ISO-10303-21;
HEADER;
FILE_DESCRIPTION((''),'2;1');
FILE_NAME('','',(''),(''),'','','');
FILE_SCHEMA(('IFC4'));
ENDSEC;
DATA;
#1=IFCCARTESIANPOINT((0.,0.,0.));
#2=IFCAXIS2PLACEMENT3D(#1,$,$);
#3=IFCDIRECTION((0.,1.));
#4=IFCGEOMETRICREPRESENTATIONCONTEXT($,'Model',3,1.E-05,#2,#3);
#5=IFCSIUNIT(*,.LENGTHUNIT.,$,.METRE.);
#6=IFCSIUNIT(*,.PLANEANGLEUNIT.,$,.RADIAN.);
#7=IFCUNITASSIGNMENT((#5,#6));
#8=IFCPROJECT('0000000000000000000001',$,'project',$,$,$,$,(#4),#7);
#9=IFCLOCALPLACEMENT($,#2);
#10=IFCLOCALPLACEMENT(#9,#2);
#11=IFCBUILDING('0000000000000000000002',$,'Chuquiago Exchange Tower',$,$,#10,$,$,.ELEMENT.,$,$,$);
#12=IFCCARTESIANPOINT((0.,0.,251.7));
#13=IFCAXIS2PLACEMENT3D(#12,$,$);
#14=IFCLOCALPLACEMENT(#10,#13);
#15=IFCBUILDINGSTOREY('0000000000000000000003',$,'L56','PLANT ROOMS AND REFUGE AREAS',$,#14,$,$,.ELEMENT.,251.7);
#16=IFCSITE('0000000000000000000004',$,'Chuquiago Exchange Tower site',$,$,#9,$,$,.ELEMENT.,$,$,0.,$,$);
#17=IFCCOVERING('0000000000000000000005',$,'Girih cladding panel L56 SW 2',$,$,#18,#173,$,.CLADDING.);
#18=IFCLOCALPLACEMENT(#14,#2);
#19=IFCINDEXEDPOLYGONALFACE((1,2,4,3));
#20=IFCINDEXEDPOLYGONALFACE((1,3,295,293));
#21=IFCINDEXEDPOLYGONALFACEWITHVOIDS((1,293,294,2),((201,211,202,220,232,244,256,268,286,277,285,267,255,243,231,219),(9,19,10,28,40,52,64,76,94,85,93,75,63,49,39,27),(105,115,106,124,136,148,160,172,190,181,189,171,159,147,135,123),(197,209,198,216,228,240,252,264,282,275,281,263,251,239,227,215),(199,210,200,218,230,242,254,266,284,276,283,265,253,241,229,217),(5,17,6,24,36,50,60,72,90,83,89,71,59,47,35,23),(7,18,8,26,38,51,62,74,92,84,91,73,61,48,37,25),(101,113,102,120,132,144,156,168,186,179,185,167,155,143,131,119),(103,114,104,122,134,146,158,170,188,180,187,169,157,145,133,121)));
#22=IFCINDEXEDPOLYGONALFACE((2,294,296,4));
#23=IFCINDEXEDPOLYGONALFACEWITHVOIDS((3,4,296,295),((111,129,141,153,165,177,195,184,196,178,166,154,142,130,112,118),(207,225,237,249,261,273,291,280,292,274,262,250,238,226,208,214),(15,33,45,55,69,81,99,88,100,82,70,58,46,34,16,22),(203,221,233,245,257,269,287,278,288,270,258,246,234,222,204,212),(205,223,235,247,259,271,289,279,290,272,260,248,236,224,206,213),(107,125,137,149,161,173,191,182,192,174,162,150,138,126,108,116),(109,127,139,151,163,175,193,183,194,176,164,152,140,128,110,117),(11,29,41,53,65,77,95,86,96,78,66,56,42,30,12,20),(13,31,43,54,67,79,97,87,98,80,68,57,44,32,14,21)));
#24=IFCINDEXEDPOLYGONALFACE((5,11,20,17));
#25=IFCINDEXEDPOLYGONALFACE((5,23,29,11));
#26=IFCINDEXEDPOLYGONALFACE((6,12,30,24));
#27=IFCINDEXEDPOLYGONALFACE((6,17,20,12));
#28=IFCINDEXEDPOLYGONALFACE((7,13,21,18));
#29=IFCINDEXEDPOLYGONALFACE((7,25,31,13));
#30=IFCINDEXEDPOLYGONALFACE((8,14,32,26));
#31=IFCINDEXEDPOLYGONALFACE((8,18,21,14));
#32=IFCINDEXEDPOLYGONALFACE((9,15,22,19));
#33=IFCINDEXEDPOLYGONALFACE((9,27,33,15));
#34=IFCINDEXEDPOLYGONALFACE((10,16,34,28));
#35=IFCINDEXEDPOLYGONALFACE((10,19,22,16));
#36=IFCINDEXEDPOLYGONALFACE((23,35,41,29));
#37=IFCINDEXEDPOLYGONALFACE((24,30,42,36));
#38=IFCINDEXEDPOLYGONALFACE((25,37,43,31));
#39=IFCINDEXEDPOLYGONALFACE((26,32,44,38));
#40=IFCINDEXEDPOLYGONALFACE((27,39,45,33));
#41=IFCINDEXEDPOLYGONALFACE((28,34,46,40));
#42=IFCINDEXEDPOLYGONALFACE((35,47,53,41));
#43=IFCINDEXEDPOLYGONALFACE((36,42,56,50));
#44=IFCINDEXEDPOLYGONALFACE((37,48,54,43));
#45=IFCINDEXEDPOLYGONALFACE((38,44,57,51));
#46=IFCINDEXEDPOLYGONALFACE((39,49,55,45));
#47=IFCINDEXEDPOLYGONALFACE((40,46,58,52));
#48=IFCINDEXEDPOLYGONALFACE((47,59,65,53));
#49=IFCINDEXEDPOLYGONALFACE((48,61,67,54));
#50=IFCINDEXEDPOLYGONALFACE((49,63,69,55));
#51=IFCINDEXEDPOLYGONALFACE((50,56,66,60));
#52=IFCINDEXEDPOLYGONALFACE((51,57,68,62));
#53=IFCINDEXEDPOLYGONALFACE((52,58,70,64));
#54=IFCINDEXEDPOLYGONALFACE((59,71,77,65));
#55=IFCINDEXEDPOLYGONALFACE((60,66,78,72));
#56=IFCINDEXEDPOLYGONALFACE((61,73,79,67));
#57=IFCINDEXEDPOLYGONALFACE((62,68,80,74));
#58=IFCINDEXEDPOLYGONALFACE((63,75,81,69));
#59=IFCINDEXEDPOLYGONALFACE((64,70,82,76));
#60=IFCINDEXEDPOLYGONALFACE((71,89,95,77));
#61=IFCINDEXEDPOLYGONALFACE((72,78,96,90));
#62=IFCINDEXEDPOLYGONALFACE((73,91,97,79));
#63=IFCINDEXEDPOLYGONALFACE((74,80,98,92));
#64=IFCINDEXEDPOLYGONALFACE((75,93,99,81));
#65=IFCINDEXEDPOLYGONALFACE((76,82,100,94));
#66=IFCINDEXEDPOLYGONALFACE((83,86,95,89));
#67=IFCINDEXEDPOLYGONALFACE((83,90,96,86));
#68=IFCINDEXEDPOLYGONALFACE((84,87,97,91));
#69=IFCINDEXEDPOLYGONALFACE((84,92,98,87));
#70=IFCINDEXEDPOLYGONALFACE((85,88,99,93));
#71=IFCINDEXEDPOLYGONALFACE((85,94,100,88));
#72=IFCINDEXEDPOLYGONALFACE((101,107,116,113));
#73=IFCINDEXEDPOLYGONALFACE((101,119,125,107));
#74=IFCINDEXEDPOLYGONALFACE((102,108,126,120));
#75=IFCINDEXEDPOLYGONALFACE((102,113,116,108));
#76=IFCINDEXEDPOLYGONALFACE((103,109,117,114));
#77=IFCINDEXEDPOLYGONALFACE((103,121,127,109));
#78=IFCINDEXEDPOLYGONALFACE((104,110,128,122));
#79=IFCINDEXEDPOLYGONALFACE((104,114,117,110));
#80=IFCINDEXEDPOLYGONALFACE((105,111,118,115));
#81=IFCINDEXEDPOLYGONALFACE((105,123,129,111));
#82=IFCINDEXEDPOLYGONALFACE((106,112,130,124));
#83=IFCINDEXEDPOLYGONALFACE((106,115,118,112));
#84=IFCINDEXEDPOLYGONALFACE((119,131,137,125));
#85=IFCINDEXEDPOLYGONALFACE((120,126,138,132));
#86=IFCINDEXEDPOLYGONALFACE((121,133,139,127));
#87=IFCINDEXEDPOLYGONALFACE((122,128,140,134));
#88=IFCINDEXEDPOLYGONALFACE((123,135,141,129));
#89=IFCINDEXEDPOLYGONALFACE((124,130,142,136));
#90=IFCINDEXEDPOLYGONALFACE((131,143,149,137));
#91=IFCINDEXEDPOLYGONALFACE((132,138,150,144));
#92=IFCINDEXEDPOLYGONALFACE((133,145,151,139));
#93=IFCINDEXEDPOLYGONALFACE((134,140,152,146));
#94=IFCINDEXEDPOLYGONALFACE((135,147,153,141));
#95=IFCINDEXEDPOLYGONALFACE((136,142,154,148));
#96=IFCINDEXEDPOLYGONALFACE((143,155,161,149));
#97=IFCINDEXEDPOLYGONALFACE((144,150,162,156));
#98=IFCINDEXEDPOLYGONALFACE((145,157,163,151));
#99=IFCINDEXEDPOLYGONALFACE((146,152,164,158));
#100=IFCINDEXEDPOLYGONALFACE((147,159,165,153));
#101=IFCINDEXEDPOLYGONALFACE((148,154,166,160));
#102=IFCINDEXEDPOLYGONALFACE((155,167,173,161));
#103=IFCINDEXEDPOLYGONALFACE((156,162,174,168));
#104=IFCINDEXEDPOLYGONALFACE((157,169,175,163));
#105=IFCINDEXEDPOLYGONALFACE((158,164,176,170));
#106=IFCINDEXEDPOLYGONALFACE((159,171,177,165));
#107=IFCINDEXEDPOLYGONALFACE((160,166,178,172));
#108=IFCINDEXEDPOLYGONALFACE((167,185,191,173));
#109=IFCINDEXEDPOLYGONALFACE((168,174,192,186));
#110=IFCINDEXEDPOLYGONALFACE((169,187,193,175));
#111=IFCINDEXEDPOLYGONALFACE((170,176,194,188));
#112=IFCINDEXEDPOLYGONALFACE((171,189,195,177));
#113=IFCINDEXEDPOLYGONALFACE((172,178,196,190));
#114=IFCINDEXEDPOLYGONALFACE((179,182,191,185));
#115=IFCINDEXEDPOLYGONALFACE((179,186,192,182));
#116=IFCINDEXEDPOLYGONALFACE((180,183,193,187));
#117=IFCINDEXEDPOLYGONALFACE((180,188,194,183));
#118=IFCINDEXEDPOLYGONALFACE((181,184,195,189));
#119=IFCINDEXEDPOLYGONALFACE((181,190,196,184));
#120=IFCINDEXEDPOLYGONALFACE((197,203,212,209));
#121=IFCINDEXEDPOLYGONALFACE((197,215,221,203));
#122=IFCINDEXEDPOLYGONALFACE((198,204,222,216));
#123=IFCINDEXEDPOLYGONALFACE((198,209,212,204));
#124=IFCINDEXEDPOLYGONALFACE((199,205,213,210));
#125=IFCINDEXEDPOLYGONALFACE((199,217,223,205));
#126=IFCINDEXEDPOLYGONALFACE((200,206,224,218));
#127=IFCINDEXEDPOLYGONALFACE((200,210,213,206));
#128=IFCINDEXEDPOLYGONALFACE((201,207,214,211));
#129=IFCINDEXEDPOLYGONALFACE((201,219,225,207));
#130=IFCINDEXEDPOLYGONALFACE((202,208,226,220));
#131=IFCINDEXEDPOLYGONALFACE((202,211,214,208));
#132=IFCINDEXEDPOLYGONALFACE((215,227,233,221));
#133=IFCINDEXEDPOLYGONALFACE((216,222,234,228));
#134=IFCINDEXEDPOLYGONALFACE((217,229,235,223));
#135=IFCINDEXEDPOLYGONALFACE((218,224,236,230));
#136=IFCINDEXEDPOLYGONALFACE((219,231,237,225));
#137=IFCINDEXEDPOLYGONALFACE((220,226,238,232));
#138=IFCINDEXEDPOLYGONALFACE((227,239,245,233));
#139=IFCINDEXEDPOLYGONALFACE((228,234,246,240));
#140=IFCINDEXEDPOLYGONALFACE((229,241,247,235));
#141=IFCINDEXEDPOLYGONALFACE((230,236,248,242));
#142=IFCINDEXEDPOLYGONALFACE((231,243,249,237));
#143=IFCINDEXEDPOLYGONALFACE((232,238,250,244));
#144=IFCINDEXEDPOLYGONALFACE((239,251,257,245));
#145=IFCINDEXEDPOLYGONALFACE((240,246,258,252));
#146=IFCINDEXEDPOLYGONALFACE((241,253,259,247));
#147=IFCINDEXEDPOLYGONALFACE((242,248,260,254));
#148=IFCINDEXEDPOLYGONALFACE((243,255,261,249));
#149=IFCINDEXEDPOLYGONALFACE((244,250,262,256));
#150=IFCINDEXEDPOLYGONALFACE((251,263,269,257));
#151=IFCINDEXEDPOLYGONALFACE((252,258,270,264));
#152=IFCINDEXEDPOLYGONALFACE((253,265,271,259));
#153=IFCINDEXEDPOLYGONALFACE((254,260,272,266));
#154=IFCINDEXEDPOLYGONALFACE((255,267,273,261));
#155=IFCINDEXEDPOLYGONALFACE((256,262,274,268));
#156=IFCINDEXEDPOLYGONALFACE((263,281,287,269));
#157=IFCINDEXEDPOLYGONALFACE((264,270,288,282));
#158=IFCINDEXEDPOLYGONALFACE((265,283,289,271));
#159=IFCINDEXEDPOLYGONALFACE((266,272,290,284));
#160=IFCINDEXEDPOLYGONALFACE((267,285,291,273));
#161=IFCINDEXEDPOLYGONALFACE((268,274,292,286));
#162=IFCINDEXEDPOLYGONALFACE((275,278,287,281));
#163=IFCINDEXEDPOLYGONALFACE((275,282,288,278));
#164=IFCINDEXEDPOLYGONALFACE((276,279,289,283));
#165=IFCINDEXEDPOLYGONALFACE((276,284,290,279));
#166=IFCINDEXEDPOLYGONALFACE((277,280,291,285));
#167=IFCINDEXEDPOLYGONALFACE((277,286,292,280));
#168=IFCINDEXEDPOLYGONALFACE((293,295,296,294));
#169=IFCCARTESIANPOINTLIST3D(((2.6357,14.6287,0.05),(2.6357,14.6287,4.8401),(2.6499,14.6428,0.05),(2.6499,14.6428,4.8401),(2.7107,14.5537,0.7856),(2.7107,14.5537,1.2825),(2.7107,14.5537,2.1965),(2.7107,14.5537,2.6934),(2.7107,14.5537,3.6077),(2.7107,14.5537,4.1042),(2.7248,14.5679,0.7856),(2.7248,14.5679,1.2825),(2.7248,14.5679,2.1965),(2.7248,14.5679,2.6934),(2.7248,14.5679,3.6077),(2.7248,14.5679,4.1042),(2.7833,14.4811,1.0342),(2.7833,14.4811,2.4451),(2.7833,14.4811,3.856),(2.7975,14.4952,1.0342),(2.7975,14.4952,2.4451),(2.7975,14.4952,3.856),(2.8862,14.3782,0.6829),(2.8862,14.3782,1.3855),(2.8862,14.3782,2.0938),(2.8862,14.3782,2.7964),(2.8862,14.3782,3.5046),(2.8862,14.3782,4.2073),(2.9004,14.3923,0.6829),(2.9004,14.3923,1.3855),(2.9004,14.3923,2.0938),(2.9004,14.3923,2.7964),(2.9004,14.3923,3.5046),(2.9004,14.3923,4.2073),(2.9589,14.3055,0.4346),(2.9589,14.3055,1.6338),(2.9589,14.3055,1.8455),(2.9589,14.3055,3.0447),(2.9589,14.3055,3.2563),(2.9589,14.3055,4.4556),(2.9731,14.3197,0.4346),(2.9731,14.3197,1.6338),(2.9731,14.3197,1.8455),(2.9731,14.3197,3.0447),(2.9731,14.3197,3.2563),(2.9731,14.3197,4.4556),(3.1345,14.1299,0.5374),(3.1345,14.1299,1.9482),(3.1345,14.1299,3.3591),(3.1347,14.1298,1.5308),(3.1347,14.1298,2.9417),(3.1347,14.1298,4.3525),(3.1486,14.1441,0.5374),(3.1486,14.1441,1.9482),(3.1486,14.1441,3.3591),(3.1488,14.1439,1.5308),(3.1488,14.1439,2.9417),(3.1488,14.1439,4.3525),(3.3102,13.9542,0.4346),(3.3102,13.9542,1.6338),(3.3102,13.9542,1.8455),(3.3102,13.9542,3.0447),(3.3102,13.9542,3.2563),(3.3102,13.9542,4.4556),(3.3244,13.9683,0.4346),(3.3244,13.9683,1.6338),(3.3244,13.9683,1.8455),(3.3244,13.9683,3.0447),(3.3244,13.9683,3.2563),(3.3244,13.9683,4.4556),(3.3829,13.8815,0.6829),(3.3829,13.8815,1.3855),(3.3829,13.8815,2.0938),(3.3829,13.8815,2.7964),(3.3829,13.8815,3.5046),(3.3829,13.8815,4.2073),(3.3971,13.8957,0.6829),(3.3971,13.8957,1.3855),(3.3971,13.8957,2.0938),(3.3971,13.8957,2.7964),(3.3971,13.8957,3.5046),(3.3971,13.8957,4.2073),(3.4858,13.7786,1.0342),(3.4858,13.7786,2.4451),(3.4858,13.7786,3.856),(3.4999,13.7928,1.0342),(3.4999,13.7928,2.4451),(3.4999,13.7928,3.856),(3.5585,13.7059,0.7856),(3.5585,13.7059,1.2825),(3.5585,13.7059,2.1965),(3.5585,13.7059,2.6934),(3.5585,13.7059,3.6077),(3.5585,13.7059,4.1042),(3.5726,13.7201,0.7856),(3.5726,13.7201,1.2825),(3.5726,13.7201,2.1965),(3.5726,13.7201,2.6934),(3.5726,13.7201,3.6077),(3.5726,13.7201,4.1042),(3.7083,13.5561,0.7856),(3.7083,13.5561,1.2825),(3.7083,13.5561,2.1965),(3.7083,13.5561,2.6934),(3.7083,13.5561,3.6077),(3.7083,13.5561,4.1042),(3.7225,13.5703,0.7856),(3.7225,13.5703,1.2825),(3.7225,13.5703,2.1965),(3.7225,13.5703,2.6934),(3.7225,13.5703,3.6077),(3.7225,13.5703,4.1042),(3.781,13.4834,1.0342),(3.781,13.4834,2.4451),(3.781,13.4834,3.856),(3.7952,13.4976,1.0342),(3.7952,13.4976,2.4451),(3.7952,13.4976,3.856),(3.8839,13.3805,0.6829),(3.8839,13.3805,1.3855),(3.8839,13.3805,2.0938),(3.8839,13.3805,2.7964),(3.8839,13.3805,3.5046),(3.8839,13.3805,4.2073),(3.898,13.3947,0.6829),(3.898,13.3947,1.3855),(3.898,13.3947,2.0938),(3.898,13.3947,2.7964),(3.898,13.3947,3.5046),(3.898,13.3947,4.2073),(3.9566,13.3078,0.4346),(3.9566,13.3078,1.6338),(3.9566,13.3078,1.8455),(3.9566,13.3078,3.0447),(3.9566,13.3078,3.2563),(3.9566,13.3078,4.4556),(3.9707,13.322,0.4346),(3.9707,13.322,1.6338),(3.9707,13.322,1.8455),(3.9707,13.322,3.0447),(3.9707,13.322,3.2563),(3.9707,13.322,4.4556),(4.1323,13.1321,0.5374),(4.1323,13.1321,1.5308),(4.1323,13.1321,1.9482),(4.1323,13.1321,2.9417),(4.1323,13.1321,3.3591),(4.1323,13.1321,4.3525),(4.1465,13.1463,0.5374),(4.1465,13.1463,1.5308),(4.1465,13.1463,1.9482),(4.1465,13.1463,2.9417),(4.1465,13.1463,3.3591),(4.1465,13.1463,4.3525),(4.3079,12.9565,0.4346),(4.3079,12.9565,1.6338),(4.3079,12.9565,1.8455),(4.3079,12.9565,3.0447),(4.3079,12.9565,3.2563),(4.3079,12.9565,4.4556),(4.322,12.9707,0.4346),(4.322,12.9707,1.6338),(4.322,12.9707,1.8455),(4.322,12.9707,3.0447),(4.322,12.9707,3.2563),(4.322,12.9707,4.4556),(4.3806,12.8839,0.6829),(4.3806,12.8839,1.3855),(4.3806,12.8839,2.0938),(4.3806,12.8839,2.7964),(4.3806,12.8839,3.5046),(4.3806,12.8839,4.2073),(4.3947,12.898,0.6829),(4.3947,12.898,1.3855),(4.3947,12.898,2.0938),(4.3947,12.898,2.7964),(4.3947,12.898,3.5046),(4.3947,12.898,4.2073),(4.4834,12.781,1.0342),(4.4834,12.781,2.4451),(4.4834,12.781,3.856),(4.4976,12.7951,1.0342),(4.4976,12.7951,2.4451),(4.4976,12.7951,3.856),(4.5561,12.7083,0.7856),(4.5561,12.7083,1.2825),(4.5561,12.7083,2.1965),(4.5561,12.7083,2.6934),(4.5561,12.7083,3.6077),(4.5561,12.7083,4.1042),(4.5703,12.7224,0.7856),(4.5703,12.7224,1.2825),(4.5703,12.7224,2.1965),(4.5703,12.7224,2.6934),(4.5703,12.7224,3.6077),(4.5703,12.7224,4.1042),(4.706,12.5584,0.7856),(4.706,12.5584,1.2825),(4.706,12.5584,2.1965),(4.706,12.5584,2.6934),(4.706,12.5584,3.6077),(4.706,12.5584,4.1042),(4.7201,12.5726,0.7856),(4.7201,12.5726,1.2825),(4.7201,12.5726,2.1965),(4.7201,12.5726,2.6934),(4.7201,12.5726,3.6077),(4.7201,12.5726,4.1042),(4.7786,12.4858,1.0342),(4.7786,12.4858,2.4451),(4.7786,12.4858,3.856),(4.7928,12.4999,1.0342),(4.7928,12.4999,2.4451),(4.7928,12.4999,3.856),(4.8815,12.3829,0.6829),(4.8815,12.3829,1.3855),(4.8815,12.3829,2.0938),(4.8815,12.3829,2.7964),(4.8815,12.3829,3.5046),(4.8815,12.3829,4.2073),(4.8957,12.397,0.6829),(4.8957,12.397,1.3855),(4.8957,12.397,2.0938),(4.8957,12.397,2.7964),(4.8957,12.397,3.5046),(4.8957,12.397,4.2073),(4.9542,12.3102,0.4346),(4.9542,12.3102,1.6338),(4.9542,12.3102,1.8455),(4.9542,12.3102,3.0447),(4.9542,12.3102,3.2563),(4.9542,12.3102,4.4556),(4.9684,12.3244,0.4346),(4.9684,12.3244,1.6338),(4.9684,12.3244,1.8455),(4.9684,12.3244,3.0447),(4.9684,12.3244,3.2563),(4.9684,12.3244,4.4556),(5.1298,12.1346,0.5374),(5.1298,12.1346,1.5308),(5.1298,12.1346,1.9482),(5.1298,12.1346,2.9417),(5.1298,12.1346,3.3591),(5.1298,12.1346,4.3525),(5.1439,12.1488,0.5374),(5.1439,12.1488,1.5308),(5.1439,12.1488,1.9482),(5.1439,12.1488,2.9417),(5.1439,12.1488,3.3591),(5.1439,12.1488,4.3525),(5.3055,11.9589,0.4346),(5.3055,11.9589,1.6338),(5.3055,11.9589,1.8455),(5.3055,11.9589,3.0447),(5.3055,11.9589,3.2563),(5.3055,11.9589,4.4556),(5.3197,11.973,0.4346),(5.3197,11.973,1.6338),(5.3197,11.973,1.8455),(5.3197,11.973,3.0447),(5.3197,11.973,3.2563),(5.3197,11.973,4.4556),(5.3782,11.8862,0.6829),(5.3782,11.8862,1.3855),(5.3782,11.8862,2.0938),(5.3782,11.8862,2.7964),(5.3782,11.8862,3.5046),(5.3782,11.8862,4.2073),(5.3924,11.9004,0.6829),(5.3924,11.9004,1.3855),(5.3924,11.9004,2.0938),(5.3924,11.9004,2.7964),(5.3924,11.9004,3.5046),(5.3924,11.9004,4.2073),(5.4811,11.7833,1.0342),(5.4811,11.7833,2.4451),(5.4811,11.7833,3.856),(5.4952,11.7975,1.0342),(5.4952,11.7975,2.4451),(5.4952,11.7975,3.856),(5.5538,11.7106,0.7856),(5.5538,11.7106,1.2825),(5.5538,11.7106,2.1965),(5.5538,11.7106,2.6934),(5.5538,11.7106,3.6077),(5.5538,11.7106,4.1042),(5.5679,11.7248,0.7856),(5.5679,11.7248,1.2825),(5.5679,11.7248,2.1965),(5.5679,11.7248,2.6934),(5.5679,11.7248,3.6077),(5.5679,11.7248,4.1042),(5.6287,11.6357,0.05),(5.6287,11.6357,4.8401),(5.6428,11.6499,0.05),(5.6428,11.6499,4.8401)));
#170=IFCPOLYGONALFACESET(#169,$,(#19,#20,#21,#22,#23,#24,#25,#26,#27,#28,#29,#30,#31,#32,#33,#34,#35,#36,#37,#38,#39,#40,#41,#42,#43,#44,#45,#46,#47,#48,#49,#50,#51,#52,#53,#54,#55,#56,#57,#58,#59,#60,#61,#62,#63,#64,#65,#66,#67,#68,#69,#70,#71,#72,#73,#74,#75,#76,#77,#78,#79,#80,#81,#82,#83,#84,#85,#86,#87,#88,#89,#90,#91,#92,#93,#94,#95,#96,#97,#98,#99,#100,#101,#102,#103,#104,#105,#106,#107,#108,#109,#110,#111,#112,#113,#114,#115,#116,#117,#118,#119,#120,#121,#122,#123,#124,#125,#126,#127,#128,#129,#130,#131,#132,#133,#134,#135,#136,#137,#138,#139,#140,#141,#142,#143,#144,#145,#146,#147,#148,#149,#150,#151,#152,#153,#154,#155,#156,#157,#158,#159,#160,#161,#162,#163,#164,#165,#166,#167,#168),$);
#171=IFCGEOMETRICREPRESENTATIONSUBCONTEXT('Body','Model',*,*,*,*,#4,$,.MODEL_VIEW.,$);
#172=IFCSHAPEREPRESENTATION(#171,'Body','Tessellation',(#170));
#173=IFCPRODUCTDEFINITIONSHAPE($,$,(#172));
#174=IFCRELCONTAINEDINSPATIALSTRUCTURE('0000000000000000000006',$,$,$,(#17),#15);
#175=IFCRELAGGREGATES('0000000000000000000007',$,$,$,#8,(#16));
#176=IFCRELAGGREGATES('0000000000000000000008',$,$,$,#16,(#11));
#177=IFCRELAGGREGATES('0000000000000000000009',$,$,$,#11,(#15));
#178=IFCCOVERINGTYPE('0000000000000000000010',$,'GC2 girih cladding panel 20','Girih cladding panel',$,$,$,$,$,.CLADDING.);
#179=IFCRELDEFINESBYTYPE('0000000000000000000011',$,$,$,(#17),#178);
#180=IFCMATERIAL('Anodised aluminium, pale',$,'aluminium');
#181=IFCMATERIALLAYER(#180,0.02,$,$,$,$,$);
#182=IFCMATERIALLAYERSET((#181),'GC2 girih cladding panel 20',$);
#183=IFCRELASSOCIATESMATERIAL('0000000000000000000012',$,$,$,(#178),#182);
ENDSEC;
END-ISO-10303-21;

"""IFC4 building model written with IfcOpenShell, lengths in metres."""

from ifc_helpers import new_model, si_unit, direction, frame, origin, place, context, subcontext, project, spatial, polyline, outline, extrude, material, layer, layer_set, type_object, element, save


model = new_model("IFC4")

# Units and contexts
model_context = context("Model", 3, precision=1e-05, world=origin(), true_north=direction((0.0, 1.0)))
body_context = subcontext(model_context, "Body", "Model", "MODEL_VIEW")
ifc_project = project(units=[si_unit("LENGTHUNIT", "METRE"), si_unit("PLANEANGLEUNIT", "RADIAN")], contexts=[model_context])

# Site, building, storey
site_placement = place(None, origin())
site = spatial("IfcSite", under=ifc_project, at=site_placement, Name="Chuquiago Exchange Tower site", CompositionType="ELEMENT", RefElevation=0.0)
building_placement = place(site_placement, origin())
building = spatial("IfcBuilding", under=site, at=building_placement, Name="Chuquiago Exchange Tower", CompositionType="ELEMENT")
storey_placement = place(building_placement, frame((0.0, 0.0, 251.7)))
storey = spatial("IfcBuildingStorey", under=building, at=storey_placement, Name="L56", Description="PLANT ROOMS AND REFUGE AREAS", CompositionType="ELEMENT", Elevation=251.7)

# Covering
ifc_material_1 = material(Name="Anodised aluminium, pale", Category="aluminium")
ifc_layer_1 = layer(ifc_material_1, 0.02)
ifc_layer_set_1 = layer_set([ifc_layer_1], Name="GC2 girih cladding panel 20")
covering_type = type_object("IfcCoveringType", Name="GC2 girih cladding panel 20", Description="Girih cladding panel", PredefinedType="CLADDING", material=ifc_layer_set_1)
covering_placement = place(storey_placement, frame((2.6499, 14.6428, 0.05), z_axis=(0.0, 0.0, 1.0), x_axis=(0.707107, -0.707107, 0.0)))
element("IfcCovering", 1, at=covering_placement, inside=storey, type_object=covering_type, Name="Girih cladding panel L56 SW 2", PredefinedType="CLADDING", context=body_context, shape_type="SweptSolid", body=[
    extrude(outline(polyline([(0.0, 0.0), (4.2327, 0.0), (4.2327, 4.79), (0.0, 4.79), (0.0, 0.0)]), holes=[polyline([(1.2021, 0.9841), (1.3049, 1.2324), (1.0566, 1.3354), (0.9539, 1.5837), (0.7056, 1.4807), (0.457, 1.5837), (0.3542, 1.3354), (0.106, 1.2324), (0.2087, 0.9841), (0.106, 0.7356), (0.3542, 0.6328), (0.457, 0.3845), (0.7053, 0.4873), (0.9539, 0.3845), (1.0566, 0.6328), (1.3049, 0.7356), (1.2021, 0.9841)]), polyline([(2.613, 0.9841), (2.7158, 1.2324), (2.4675, 1.3354), (2.3647, 1.5837), (2.1165, 1.4807), (1.8679, 1.5837), (1.7651, 1.3354), (1.5168, 1.2324), (1.6196, 0.9841), (1.5168, 0.7356), (1.7651, 0.6328), (1.8679, 0.3845), (2.1165, 0.4873), (2.3647, 0.3845), (2.4675, 0.6328), (2.7158, 0.7356), (2.613, 0.9841)]), polyline([(4.0239, 0.9841), (4.1267, 1.2324), (3.8784, 1.3354), (3.7756, 1.5837), (3.5271, 1.4807), (3.2788, 1.5837), (3.176, 1.3354), (2.9277, 1.2324), (3.0305, 0.9841), (2.9277, 0.7356), (3.176, 0.6328), (3.2788, 0.3845), (3.5271, 0.4873), (3.7756, 0.3845), (3.8784, 0.6328), (4.1267, 0.7356), (4.0239, 0.9841)]), polyline([(1.2021, 2.395), (1.3049, 2.6433), (1.0566, 2.7463), (0.9539, 2.9946), (0.7056, 2.8916), (0.457, 2.9946), (0.3542, 2.7463), (0.106, 2.6433), (0.2087, 2.395), (0.106, 2.1465), (0.3542, 2.0437), (0.457, 1.7954), (0.7053, 1.8982), (0.9539, 1.7954), (1.0566, 2.0437), (1.3049, 2.1465), (1.2021, 2.395)]), polyline([(2.613, 2.395), (2.7158, 2.6433), (2.4675, 2.7463), (2.3647, 2.9946), (2.1165, 2.8916), (1.8679, 2.9946), (1.7651, 2.7463), (1.5168, 2.6433), (1.6196, 2.395), (1.5168, 2.1465), (1.7651, 2.0437), (1.8679, 1.7954), (2.1165, 1.8982), (2.3647, 1.7954), (2.4675, 2.0437), (2.7158, 2.1465), (2.613, 2.395)]), polyline([(4.0239, 2.395), (4.1267, 2.6433), (3.8784, 2.7463), (3.7756, 2.9946), (3.5271, 2.8916), (3.2788, 2.9946), (3.176, 2.7463), (2.9277, 2.6433), (3.0305, 2.395), (2.9277, 2.1465), (3.176, 2.0437), (3.2788, 1.7954), (3.5271, 1.8982), (3.7756, 1.7954), (3.8784, 2.0437), (4.1267, 2.1465), (4.0239, 2.395)]), polyline([(1.2021, 3.8059), (1.3049, 4.0542), (1.0566, 4.1572), (0.9539, 4.4055), (0.7056, 4.3025), (0.457, 4.4055), (0.3542, 4.1572), (0.106, 4.0542), (0.2087, 3.8059), (0.106, 3.5576), (0.3542, 3.4546), (0.457, 3.2063), (0.7053, 3.3091), (0.9539, 3.2063), (1.0566, 3.4546), (1.3049, 3.5576), (1.2021, 3.8059)]), polyline([(2.613, 3.8059), (2.7158, 4.0542), (2.4675, 4.1572), (2.3647, 4.4055), (2.1165, 4.3025), (1.8679, 4.4055), (1.7651, 4.1572), (1.5168, 4.0542), (1.6196, 3.8059), (1.5168, 3.5576), (1.7651, 3.4546), (1.8679, 3.2063), (2.1165, 3.3091), (2.3647, 3.2063), (2.4675, 3.4546), (2.7158, 3.5576), (2.613, 3.8059)]), polyline([(4.0239, 3.8059), (4.1267, 4.0542), (3.8784, 4.1572), (3.7756, 4.4055), (3.5271, 4.3025), (3.2788, 4.4055), (3.176, 4.1572), (2.9277, 4.0542), (3.0305, 3.8059), (2.9277, 3.5576), (3.176, 3.4546), (3.2788, 3.2063), (3.5271, 3.3091), (3.7756, 3.2063), (3.8784, 3.4546), (4.1267, 3.5576), (4.0239, 3.8059)])]), frame((0.0, 0.0, 0.0), z_axis=(0.0, -1.0, 0.0), x_axis=(1.0, 0.0, 0.0)), (0.0, 0.0, 1.0), 0.02),
])

save(model, "model.ifc")
